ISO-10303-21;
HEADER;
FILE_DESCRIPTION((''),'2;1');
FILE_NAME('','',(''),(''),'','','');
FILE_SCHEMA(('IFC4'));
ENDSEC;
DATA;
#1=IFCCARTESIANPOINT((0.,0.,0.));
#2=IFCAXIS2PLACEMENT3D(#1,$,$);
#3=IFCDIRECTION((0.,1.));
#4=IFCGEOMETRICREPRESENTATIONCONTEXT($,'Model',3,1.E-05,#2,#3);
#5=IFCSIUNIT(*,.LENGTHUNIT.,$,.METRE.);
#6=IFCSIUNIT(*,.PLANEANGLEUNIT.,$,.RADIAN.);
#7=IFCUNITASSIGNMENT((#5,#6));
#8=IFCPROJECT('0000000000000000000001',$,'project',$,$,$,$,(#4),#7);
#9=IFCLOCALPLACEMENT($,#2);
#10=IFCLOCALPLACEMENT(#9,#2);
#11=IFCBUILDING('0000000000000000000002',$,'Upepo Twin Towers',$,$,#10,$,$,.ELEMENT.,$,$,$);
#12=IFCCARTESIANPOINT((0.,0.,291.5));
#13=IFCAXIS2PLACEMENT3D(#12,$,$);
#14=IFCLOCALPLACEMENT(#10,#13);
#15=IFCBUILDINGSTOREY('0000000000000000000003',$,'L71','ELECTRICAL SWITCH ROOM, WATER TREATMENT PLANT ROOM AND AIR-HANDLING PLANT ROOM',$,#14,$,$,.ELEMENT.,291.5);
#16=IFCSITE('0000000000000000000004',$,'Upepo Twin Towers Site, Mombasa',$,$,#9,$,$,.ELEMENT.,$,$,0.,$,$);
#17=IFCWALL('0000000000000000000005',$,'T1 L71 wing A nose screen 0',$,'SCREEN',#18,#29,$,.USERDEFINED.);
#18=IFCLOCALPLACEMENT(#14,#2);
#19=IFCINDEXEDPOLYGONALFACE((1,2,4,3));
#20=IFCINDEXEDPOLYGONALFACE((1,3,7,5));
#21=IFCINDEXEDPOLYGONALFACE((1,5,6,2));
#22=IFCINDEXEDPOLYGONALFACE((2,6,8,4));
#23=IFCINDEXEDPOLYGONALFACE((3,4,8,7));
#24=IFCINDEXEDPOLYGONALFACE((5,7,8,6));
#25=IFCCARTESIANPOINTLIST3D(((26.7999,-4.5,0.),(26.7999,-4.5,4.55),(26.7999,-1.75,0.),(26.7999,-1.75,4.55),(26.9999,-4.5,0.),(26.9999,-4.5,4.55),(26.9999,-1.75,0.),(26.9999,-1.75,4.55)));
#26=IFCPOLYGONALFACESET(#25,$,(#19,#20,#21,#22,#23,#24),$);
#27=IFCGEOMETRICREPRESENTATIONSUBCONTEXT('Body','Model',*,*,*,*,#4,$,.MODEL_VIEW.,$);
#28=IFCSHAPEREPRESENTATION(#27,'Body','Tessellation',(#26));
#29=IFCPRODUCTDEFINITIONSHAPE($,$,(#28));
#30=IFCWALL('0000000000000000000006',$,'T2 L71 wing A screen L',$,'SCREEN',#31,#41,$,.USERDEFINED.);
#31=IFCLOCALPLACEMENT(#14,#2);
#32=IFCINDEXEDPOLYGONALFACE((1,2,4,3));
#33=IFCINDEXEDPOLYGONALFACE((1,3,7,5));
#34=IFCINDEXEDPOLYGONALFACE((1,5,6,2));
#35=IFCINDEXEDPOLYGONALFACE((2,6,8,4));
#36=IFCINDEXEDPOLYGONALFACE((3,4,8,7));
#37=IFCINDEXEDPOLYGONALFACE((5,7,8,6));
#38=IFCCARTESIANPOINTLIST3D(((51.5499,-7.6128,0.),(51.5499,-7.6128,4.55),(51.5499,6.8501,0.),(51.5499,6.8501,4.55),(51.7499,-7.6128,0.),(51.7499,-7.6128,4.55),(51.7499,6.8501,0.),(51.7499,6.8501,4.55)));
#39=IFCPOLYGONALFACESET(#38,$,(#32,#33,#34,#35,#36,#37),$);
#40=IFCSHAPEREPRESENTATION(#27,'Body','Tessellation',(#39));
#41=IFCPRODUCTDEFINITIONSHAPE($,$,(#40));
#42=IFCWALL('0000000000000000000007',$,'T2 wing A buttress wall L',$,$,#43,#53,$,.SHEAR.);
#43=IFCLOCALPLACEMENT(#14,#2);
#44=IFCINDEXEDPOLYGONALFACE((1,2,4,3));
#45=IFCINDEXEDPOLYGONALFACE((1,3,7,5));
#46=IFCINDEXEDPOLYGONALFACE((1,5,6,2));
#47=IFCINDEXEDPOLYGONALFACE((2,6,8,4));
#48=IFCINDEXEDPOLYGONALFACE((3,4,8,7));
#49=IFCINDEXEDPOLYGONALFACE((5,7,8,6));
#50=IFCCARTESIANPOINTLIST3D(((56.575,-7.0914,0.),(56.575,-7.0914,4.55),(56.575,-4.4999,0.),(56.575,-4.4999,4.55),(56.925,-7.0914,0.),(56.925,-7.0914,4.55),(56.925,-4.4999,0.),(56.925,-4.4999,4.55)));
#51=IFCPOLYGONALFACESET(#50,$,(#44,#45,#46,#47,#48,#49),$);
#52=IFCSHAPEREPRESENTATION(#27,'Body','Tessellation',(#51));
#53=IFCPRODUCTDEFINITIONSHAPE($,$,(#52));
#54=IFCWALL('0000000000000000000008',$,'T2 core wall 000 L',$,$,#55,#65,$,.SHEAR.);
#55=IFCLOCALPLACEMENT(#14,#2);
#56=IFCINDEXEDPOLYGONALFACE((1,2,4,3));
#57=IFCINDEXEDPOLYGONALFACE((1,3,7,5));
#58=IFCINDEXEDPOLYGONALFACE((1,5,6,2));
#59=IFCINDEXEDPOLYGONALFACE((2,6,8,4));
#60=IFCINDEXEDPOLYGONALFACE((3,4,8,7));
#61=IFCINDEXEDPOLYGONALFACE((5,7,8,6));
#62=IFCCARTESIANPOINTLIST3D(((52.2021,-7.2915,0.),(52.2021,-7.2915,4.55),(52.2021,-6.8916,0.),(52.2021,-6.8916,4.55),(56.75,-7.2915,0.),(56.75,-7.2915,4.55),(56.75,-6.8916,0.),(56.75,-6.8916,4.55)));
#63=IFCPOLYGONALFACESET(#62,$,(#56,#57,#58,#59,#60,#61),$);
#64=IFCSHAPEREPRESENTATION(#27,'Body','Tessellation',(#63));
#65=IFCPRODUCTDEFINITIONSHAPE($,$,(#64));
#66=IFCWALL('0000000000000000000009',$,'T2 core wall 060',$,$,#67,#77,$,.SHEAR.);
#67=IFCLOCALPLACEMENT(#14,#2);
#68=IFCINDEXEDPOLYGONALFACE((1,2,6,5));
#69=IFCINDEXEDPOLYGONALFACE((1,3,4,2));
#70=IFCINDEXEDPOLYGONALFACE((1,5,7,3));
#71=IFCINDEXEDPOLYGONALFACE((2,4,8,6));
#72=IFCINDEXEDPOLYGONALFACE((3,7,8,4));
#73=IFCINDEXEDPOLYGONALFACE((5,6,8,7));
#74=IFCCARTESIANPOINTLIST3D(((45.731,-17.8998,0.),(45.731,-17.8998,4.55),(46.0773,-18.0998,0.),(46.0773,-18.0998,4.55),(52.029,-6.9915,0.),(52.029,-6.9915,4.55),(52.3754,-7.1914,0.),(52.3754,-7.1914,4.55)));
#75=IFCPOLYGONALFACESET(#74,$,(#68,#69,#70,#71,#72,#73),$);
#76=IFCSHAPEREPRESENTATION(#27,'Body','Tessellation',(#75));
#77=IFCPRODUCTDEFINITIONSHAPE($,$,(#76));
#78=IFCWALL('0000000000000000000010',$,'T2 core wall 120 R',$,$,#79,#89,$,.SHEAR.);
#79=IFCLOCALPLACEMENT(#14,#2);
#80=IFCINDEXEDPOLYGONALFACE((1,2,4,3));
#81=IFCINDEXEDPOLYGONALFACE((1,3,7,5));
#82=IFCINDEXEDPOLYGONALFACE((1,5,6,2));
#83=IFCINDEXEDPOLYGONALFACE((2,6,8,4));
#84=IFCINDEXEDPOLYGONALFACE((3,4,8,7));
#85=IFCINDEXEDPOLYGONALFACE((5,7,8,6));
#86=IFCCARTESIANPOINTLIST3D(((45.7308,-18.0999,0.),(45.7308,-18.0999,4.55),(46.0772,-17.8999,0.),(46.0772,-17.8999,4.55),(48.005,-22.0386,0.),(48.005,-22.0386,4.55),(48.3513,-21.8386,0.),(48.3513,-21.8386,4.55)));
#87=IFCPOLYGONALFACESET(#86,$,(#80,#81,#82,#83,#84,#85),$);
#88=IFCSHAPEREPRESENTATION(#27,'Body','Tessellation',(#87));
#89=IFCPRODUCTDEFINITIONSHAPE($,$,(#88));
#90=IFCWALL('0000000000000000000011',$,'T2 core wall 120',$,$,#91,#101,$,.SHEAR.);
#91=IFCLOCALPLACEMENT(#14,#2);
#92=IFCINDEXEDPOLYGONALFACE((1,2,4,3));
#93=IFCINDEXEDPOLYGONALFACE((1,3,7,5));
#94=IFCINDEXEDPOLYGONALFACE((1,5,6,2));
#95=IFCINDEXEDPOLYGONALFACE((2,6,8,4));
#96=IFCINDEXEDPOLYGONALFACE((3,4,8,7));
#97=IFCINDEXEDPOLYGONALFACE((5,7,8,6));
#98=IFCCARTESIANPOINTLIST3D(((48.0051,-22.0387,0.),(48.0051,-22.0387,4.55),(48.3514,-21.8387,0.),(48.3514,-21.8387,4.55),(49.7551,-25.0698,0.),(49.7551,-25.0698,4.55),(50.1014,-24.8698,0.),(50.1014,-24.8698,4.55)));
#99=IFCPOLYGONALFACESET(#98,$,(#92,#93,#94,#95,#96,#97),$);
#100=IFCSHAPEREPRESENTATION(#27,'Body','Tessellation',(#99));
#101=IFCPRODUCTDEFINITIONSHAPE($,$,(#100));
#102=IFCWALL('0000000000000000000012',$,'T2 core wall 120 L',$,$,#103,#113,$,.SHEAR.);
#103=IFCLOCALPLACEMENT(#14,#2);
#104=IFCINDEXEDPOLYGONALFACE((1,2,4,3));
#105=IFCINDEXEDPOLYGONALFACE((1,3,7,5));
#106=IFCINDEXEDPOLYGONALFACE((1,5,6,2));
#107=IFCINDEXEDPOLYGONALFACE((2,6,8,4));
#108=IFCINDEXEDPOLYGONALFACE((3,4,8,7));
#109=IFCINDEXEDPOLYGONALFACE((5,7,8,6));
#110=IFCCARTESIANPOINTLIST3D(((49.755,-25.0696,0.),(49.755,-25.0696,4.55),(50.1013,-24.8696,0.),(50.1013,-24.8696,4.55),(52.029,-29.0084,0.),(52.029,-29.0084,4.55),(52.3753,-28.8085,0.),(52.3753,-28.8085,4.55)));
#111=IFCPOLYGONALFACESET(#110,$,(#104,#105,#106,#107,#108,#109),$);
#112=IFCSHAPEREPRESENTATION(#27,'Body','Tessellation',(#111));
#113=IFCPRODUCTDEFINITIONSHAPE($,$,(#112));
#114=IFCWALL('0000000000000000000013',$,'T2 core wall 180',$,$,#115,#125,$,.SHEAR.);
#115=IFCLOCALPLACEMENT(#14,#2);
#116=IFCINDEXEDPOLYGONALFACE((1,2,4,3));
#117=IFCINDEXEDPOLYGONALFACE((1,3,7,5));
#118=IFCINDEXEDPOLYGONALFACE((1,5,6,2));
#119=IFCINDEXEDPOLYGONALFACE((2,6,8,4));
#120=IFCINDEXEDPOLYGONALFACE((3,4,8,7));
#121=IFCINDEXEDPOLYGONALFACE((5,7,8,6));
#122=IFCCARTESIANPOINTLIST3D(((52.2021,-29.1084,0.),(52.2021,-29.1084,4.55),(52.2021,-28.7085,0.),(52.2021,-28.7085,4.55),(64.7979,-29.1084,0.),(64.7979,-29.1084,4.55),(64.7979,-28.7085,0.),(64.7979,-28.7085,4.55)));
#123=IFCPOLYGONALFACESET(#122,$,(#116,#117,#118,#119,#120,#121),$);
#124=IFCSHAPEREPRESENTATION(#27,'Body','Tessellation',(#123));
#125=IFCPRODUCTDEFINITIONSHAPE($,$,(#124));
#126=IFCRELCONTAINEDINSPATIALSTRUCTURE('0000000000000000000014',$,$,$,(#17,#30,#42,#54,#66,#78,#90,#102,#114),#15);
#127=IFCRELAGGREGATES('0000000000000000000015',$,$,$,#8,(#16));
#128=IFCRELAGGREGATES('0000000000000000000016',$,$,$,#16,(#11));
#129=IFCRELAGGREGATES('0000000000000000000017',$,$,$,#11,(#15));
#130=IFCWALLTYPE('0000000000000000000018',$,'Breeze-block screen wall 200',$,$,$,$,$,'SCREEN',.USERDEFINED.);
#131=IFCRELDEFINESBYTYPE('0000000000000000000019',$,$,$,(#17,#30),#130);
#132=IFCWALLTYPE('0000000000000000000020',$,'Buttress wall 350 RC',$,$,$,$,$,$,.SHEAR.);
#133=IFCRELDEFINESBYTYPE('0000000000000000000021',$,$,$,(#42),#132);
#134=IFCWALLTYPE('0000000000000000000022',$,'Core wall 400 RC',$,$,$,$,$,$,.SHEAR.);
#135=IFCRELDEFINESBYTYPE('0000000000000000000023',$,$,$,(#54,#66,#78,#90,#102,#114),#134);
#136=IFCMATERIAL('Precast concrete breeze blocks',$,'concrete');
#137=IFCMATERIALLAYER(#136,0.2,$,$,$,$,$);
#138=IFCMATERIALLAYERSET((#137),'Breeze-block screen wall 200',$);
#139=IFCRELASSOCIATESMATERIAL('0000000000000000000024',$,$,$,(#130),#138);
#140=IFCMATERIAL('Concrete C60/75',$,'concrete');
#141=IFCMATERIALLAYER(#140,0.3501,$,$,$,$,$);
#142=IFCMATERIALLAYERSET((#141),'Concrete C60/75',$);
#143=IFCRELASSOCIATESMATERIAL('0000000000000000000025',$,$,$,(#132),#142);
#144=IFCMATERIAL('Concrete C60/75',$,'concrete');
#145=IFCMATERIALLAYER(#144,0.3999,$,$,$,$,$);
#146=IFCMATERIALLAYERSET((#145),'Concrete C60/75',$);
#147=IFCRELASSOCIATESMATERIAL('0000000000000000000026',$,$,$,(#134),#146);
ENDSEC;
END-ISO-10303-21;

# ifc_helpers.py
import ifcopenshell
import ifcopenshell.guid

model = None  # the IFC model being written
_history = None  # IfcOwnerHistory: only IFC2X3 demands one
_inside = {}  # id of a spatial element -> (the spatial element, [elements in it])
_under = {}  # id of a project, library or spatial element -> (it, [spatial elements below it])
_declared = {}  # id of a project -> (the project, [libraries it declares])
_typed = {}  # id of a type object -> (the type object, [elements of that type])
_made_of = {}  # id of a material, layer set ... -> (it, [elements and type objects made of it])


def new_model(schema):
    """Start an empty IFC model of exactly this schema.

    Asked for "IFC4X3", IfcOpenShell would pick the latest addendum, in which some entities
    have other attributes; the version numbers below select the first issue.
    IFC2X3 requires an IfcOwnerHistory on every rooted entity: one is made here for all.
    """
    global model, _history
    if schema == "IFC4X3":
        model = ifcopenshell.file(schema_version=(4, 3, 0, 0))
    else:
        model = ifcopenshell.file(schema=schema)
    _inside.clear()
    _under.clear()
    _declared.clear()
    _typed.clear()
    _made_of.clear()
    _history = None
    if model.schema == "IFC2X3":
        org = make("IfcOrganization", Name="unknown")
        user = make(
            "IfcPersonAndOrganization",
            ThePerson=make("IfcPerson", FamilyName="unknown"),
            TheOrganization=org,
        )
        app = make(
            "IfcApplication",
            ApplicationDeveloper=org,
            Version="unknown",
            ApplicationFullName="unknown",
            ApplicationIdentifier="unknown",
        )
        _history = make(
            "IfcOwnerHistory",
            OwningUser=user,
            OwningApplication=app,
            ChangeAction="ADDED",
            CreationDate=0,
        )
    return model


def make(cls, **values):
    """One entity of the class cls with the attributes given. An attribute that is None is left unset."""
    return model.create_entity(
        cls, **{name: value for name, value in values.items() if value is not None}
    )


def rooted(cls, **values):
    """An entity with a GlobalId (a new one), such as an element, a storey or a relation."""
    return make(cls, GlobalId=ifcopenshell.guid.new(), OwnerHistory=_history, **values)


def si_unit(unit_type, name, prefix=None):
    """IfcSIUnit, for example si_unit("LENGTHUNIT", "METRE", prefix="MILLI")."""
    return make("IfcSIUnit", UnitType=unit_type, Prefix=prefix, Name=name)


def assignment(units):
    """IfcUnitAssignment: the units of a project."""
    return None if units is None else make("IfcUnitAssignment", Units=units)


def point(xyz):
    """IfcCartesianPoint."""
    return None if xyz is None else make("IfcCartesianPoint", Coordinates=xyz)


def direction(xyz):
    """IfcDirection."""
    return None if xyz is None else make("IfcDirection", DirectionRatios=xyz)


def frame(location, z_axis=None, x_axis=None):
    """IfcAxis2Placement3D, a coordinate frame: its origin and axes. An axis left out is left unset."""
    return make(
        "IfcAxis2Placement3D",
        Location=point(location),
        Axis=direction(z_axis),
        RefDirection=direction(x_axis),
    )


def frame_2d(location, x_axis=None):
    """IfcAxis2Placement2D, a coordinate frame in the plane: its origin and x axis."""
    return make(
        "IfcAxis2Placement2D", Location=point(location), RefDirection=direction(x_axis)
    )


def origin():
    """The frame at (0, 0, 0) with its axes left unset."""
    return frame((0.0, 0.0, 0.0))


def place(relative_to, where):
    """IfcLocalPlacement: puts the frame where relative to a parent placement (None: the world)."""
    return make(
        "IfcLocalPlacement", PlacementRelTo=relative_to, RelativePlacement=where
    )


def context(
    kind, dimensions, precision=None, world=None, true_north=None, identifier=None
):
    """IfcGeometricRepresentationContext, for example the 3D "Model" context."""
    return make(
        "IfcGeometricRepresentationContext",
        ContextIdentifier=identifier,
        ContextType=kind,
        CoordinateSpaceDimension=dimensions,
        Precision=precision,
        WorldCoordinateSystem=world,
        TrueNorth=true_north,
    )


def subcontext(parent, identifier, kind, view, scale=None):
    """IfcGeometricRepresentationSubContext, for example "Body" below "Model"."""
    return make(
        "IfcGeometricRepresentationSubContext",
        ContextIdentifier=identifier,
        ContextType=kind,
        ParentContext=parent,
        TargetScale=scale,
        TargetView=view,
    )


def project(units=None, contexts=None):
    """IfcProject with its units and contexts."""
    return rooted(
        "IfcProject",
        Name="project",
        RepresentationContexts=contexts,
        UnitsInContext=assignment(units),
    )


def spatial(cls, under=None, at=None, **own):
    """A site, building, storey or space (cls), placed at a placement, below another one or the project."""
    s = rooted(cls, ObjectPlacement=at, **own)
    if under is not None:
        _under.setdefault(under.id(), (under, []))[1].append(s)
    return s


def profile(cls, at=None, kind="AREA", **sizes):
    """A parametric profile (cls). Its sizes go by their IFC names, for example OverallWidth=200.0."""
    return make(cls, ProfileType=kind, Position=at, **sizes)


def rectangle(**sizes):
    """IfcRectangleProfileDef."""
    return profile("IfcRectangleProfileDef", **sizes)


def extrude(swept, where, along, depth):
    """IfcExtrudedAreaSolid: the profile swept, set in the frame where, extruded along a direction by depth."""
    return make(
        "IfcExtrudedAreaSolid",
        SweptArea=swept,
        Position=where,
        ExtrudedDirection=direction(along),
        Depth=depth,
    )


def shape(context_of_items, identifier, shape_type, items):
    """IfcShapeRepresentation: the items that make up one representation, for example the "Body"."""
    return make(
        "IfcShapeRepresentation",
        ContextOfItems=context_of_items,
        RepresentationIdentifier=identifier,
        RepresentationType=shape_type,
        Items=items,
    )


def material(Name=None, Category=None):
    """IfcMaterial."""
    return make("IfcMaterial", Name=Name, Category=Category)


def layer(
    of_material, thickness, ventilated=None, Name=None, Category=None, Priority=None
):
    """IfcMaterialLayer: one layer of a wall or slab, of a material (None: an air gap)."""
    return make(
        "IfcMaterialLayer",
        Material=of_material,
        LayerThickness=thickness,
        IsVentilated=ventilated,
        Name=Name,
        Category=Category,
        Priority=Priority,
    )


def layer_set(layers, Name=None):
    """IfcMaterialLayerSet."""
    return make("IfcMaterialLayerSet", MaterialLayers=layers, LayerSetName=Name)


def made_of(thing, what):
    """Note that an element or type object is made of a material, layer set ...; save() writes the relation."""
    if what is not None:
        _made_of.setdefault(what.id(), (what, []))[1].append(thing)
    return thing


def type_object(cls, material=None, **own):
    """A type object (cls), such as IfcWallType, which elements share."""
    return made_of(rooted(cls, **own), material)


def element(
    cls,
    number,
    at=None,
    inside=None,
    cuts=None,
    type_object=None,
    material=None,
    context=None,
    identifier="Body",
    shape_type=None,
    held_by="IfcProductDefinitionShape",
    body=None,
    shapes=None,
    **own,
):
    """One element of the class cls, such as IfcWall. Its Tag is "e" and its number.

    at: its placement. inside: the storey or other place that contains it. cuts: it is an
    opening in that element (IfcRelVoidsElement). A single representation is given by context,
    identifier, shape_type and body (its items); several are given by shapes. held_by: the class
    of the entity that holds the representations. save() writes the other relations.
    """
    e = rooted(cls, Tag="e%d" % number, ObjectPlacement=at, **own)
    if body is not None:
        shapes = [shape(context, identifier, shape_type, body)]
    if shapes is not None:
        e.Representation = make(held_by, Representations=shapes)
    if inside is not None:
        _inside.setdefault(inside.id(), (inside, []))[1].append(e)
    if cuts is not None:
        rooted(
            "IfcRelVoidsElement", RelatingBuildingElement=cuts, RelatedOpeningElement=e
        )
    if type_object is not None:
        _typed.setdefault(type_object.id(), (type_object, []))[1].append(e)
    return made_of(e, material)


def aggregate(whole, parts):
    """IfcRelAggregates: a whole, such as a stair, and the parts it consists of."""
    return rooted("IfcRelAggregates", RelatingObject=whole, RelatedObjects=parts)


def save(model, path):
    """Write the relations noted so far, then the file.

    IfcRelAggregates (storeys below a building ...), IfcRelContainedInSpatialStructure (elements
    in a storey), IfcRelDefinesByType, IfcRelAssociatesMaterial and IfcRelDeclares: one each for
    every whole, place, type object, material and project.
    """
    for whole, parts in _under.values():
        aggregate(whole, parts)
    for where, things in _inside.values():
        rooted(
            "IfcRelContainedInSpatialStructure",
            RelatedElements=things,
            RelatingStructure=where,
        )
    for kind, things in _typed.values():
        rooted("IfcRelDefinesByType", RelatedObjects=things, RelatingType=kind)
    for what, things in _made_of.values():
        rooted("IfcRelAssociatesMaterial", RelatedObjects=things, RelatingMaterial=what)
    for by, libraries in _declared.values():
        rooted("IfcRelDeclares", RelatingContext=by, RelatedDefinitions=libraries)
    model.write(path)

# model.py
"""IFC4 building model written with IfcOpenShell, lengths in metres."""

from ifc_helpers import new_model, si_unit, direction, frame, frame_2d, origin, place, context, subcontext, project, spatial, rectangle, extrude, material, layer, layer_set, type_object, element, save


model = new_model("IFC4")

# Units and contexts
model_context = context("Model", 3, precision=1e-05, world=origin(), true_north=direction((0.0, 1.0)))
body_context = subcontext(model_context, "Body", "Model", "MODEL_VIEW")
ifc_project = project(units=[si_unit("LENGTHUNIT", "METRE"), si_unit("PLANEANGLEUNIT", "RADIAN")], contexts=[model_context])

# Site, building, storey
site_placement = place(None, origin())
site = spatial("IfcSite", under=ifc_project, at=site_placement, Name="Upepo Twin Towers Site, Mombasa", CompositionType="ELEMENT", RefElevation=0.0)
building_placement = place(site_placement, origin())
building = spatial("IfcBuilding", under=site, at=building_placement, Name="Upepo Twin Towers", CompositionType="ELEMENT")
storey_placement = place(building_placement, frame((0.0, 0.0, 291.5)))
storey = spatial("IfcBuildingStorey", under=building, at=storey_placement, Name="L71", Description="ELECTRICAL SWITCH ROOM, WATER TREATMENT PLANT ROOM AND AIR-HANDLING PLANT ROOM", CompositionType="ELEMENT", Elevation=291.5)

# Walls
ifc_material_1 = material(Name="Precast concrete breeze blocks", Category="concrete")
ifc_layer_1 = layer(ifc_material_1, 0.2)
ifc_layer_set_1 = layer_set([ifc_layer_1], Name="Breeze-block screen wall 200")
wall_type_1 = type_object("IfcWallType", Name="Breeze-block screen wall 200", ElementType="SCREEN", PredefinedType="USERDEFINED", material=ifc_layer_set_1)
wall_1_placement = place(storey_placement, frame((26.8999, -4.5, 0.0), z_axis=(0.0, 0.0, 1.0), x_axis=(0.0, 1.0, 0.0)))
element("IfcWall", 1, at=wall_1_placement, inside=storey, type_object=wall_type_1, Name="T1 L71 wing A nose screen 0", ObjectType="SCREEN", PredefinedType="USERDEFINED", context=body_context, shape_type="SweptSolid", body=[
    extrude(rectangle(XDim=2.75, YDim=0.2, at=frame_2d((1.375, 0.0))), origin(), (0.0, 0.0, 1.0), 4.55),
])
wall_2_placement = place(storey_placement, frame((51.6499, -7.6128, 0.0), z_axis=(0.0, 0.0, 1.0), x_axis=(0.0, 1.0, 0.0)))
element("IfcWall", 2, at=wall_2_placement, inside=storey, type_object=wall_type_1, Name="T2 L71 wing A screen L", ObjectType="SCREEN", PredefinedType="USERDEFINED", context=body_context, shape_type="SweptSolid", body=[
    extrude(rectangle(XDim=14.4629, YDim=0.2, at=frame_2d((7.2314, 0.0))), origin(), (0.0, 0.0, 1.0), 4.55),
])
ifc_material_2 = material(Name="Concrete C60/75", Category="concrete")
ifc_layer_2 = layer(ifc_material_2, 0.3501)
ifc_layer_set_2 = layer_set([ifc_layer_2], Name="Concrete C60/75")
wall_type_2 = type_object("IfcWallType", Name="Buttress wall 350 RC", PredefinedType="SHEAR", material=ifc_layer_set_2)
wall_3_placement = place(storey_placement, frame((56.75, -7.0916, 0.0), z_axis=(0.0, 0.0, 1.0), x_axis=(0.0, 1.0, 0.0)))
element("IfcWall", 3, at=wall_3_placement, inside=storey, type_object=wall_type_2, Name="T2 wing A buttress wall L", PredefinedType="SHEAR", context=body_context, shape_type="SweptSolid", body=[
    extrude(rectangle(XDim=2.5916, YDim=0.3501, at=frame_2d((1.2959, 0.0))), origin(), (0.0, 0.0, 1.0), 4.55),
])
ifc_material_3 = material(Name="Concrete C60/75", Category="concrete")
ifc_layer_3 = layer(ifc_material_3, 0.3999)
ifc_layer_set_3 = layer_set([ifc_layer_3], Name="Concrete C60/75")
wall_type_3 = type_object("IfcWallType", Name="Core wall 400 RC", PredefinedType="SHEAR", material=ifc_layer_set_3)
wall_4_placement = place(storey_placement, frame((56.75, -7.0916, 0.0), z_axis=(0.0, 0.0, 1.0), x_axis=(-1.0, 0.0, 0.0)))
element("IfcWall", 4, at=wall_4_placement, inside=storey, type_object=wall_type_3, Name="T2 core wall 000 L", PredefinedType="SHEAR", context=body_context, shape_type="SweptSolid", body=[
    extrude(rectangle(XDim=4.5479, YDim=0.3999, at=frame_2d((2.2739, 0.0))), origin(), (0.0, 0.0, 1.0), 4.55),
])
wall_5_placement = place(storey_placement, frame((52.2021, -7.0916, 0.0), z_axis=(0.0, 0.0, 1.0), x_axis=(-0.500006, -0.866022, 0.0)))
element("IfcWall", 5, at=wall_5_placement, inside=storey, type_object=wall_type_3, Name="T2 core wall 060", PredefinedType="SHEAR", context=body_context, shape_type="SweptSolid", body=[
    extrude(rectangle(XDim=12.5959, YDim=0.3999, at=frame_2d((6.2979, 0.0))), origin(), (0.0, 0.0, 1.0), 4.55),
])
wall_6_placement = place(storey_placement, frame((45.9041, -18.0, 0.0), z_axis=(0.0, 0.0, 1.0), x_axis=(0.500024, -0.866011, 0.0)))
element("IfcWall", 6, at=wall_6_placement, inside=storey, type_object=wall_type_3, Name="T2 core wall 120 R", PredefinedType="SHEAR", context=body_context, shape_type="SweptSolid", body=[
    extrude(rectangle(XDim=4.5481, YDim=0.3999, at=frame_2d((2.2739, 0.0))), origin(), (0.0, 0.0, 1.0), 4.55),
])
wall_7_placement = place(storey_placement, frame((48.1782, -21.9387, 0.0), z_axis=(0.0, 0.0, 1.0), x_axis=(0.50001, -0.866019, 0.0)))
element("IfcWall", 7, at=wall_7_placement, inside=storey, type_object=wall_type_3, Name="T2 core wall 120", PredefinedType="SHEAR", context=body_context, shape_type="SweptSolid", body=[
    extrude(rectangle(XDim=3.5, YDim=0.3999, at=frame_2d((1.75, 0.0))), origin(), (0.0, 0.0, 1.0), 4.55),
])
wall_8_placement = place(storey_placement, frame((49.9282, -24.9697, 0.0), z_axis=(0.0, 0.0, 1.0), x_axis=(0.499984, -0.866035, 0.0)))
element("IfcWall", 8, at=wall_8_placement, inside=storey, type_object=wall_type_3, Name="T2 core wall 120 L", PredefinedType="SHEAR", context=body_context, shape_type="SweptSolid", body=[
    extrude(rectangle(XDim=4.5481, YDim=0.3999, at=frame_2d((2.2739, 0.0))), origin(), (0.0, 0.0, 1.0), 4.55),
])
wall_9_placement = place(storey_placement, frame((52.2021, -28.9084, 0.0), z_axis=(0.0, 0.0, 1.0), x_axis=(1.0, 0.0, 0.0)))
element("IfcWall", 9, at=wall_9_placement, inside=storey, type_object=wall_type_3, Name="T2 core wall 180", PredefinedType="SHEAR", context=body_context, shape_type="SweptSolid", body=[
    extrude(rectangle(XDim=12.5957, YDim=0.3999, at=frame_2d((6.2979, 0.0))), origin(), (0.0, 0.0, 1.0), 4.55),
])

save(model, "model.ifc")
